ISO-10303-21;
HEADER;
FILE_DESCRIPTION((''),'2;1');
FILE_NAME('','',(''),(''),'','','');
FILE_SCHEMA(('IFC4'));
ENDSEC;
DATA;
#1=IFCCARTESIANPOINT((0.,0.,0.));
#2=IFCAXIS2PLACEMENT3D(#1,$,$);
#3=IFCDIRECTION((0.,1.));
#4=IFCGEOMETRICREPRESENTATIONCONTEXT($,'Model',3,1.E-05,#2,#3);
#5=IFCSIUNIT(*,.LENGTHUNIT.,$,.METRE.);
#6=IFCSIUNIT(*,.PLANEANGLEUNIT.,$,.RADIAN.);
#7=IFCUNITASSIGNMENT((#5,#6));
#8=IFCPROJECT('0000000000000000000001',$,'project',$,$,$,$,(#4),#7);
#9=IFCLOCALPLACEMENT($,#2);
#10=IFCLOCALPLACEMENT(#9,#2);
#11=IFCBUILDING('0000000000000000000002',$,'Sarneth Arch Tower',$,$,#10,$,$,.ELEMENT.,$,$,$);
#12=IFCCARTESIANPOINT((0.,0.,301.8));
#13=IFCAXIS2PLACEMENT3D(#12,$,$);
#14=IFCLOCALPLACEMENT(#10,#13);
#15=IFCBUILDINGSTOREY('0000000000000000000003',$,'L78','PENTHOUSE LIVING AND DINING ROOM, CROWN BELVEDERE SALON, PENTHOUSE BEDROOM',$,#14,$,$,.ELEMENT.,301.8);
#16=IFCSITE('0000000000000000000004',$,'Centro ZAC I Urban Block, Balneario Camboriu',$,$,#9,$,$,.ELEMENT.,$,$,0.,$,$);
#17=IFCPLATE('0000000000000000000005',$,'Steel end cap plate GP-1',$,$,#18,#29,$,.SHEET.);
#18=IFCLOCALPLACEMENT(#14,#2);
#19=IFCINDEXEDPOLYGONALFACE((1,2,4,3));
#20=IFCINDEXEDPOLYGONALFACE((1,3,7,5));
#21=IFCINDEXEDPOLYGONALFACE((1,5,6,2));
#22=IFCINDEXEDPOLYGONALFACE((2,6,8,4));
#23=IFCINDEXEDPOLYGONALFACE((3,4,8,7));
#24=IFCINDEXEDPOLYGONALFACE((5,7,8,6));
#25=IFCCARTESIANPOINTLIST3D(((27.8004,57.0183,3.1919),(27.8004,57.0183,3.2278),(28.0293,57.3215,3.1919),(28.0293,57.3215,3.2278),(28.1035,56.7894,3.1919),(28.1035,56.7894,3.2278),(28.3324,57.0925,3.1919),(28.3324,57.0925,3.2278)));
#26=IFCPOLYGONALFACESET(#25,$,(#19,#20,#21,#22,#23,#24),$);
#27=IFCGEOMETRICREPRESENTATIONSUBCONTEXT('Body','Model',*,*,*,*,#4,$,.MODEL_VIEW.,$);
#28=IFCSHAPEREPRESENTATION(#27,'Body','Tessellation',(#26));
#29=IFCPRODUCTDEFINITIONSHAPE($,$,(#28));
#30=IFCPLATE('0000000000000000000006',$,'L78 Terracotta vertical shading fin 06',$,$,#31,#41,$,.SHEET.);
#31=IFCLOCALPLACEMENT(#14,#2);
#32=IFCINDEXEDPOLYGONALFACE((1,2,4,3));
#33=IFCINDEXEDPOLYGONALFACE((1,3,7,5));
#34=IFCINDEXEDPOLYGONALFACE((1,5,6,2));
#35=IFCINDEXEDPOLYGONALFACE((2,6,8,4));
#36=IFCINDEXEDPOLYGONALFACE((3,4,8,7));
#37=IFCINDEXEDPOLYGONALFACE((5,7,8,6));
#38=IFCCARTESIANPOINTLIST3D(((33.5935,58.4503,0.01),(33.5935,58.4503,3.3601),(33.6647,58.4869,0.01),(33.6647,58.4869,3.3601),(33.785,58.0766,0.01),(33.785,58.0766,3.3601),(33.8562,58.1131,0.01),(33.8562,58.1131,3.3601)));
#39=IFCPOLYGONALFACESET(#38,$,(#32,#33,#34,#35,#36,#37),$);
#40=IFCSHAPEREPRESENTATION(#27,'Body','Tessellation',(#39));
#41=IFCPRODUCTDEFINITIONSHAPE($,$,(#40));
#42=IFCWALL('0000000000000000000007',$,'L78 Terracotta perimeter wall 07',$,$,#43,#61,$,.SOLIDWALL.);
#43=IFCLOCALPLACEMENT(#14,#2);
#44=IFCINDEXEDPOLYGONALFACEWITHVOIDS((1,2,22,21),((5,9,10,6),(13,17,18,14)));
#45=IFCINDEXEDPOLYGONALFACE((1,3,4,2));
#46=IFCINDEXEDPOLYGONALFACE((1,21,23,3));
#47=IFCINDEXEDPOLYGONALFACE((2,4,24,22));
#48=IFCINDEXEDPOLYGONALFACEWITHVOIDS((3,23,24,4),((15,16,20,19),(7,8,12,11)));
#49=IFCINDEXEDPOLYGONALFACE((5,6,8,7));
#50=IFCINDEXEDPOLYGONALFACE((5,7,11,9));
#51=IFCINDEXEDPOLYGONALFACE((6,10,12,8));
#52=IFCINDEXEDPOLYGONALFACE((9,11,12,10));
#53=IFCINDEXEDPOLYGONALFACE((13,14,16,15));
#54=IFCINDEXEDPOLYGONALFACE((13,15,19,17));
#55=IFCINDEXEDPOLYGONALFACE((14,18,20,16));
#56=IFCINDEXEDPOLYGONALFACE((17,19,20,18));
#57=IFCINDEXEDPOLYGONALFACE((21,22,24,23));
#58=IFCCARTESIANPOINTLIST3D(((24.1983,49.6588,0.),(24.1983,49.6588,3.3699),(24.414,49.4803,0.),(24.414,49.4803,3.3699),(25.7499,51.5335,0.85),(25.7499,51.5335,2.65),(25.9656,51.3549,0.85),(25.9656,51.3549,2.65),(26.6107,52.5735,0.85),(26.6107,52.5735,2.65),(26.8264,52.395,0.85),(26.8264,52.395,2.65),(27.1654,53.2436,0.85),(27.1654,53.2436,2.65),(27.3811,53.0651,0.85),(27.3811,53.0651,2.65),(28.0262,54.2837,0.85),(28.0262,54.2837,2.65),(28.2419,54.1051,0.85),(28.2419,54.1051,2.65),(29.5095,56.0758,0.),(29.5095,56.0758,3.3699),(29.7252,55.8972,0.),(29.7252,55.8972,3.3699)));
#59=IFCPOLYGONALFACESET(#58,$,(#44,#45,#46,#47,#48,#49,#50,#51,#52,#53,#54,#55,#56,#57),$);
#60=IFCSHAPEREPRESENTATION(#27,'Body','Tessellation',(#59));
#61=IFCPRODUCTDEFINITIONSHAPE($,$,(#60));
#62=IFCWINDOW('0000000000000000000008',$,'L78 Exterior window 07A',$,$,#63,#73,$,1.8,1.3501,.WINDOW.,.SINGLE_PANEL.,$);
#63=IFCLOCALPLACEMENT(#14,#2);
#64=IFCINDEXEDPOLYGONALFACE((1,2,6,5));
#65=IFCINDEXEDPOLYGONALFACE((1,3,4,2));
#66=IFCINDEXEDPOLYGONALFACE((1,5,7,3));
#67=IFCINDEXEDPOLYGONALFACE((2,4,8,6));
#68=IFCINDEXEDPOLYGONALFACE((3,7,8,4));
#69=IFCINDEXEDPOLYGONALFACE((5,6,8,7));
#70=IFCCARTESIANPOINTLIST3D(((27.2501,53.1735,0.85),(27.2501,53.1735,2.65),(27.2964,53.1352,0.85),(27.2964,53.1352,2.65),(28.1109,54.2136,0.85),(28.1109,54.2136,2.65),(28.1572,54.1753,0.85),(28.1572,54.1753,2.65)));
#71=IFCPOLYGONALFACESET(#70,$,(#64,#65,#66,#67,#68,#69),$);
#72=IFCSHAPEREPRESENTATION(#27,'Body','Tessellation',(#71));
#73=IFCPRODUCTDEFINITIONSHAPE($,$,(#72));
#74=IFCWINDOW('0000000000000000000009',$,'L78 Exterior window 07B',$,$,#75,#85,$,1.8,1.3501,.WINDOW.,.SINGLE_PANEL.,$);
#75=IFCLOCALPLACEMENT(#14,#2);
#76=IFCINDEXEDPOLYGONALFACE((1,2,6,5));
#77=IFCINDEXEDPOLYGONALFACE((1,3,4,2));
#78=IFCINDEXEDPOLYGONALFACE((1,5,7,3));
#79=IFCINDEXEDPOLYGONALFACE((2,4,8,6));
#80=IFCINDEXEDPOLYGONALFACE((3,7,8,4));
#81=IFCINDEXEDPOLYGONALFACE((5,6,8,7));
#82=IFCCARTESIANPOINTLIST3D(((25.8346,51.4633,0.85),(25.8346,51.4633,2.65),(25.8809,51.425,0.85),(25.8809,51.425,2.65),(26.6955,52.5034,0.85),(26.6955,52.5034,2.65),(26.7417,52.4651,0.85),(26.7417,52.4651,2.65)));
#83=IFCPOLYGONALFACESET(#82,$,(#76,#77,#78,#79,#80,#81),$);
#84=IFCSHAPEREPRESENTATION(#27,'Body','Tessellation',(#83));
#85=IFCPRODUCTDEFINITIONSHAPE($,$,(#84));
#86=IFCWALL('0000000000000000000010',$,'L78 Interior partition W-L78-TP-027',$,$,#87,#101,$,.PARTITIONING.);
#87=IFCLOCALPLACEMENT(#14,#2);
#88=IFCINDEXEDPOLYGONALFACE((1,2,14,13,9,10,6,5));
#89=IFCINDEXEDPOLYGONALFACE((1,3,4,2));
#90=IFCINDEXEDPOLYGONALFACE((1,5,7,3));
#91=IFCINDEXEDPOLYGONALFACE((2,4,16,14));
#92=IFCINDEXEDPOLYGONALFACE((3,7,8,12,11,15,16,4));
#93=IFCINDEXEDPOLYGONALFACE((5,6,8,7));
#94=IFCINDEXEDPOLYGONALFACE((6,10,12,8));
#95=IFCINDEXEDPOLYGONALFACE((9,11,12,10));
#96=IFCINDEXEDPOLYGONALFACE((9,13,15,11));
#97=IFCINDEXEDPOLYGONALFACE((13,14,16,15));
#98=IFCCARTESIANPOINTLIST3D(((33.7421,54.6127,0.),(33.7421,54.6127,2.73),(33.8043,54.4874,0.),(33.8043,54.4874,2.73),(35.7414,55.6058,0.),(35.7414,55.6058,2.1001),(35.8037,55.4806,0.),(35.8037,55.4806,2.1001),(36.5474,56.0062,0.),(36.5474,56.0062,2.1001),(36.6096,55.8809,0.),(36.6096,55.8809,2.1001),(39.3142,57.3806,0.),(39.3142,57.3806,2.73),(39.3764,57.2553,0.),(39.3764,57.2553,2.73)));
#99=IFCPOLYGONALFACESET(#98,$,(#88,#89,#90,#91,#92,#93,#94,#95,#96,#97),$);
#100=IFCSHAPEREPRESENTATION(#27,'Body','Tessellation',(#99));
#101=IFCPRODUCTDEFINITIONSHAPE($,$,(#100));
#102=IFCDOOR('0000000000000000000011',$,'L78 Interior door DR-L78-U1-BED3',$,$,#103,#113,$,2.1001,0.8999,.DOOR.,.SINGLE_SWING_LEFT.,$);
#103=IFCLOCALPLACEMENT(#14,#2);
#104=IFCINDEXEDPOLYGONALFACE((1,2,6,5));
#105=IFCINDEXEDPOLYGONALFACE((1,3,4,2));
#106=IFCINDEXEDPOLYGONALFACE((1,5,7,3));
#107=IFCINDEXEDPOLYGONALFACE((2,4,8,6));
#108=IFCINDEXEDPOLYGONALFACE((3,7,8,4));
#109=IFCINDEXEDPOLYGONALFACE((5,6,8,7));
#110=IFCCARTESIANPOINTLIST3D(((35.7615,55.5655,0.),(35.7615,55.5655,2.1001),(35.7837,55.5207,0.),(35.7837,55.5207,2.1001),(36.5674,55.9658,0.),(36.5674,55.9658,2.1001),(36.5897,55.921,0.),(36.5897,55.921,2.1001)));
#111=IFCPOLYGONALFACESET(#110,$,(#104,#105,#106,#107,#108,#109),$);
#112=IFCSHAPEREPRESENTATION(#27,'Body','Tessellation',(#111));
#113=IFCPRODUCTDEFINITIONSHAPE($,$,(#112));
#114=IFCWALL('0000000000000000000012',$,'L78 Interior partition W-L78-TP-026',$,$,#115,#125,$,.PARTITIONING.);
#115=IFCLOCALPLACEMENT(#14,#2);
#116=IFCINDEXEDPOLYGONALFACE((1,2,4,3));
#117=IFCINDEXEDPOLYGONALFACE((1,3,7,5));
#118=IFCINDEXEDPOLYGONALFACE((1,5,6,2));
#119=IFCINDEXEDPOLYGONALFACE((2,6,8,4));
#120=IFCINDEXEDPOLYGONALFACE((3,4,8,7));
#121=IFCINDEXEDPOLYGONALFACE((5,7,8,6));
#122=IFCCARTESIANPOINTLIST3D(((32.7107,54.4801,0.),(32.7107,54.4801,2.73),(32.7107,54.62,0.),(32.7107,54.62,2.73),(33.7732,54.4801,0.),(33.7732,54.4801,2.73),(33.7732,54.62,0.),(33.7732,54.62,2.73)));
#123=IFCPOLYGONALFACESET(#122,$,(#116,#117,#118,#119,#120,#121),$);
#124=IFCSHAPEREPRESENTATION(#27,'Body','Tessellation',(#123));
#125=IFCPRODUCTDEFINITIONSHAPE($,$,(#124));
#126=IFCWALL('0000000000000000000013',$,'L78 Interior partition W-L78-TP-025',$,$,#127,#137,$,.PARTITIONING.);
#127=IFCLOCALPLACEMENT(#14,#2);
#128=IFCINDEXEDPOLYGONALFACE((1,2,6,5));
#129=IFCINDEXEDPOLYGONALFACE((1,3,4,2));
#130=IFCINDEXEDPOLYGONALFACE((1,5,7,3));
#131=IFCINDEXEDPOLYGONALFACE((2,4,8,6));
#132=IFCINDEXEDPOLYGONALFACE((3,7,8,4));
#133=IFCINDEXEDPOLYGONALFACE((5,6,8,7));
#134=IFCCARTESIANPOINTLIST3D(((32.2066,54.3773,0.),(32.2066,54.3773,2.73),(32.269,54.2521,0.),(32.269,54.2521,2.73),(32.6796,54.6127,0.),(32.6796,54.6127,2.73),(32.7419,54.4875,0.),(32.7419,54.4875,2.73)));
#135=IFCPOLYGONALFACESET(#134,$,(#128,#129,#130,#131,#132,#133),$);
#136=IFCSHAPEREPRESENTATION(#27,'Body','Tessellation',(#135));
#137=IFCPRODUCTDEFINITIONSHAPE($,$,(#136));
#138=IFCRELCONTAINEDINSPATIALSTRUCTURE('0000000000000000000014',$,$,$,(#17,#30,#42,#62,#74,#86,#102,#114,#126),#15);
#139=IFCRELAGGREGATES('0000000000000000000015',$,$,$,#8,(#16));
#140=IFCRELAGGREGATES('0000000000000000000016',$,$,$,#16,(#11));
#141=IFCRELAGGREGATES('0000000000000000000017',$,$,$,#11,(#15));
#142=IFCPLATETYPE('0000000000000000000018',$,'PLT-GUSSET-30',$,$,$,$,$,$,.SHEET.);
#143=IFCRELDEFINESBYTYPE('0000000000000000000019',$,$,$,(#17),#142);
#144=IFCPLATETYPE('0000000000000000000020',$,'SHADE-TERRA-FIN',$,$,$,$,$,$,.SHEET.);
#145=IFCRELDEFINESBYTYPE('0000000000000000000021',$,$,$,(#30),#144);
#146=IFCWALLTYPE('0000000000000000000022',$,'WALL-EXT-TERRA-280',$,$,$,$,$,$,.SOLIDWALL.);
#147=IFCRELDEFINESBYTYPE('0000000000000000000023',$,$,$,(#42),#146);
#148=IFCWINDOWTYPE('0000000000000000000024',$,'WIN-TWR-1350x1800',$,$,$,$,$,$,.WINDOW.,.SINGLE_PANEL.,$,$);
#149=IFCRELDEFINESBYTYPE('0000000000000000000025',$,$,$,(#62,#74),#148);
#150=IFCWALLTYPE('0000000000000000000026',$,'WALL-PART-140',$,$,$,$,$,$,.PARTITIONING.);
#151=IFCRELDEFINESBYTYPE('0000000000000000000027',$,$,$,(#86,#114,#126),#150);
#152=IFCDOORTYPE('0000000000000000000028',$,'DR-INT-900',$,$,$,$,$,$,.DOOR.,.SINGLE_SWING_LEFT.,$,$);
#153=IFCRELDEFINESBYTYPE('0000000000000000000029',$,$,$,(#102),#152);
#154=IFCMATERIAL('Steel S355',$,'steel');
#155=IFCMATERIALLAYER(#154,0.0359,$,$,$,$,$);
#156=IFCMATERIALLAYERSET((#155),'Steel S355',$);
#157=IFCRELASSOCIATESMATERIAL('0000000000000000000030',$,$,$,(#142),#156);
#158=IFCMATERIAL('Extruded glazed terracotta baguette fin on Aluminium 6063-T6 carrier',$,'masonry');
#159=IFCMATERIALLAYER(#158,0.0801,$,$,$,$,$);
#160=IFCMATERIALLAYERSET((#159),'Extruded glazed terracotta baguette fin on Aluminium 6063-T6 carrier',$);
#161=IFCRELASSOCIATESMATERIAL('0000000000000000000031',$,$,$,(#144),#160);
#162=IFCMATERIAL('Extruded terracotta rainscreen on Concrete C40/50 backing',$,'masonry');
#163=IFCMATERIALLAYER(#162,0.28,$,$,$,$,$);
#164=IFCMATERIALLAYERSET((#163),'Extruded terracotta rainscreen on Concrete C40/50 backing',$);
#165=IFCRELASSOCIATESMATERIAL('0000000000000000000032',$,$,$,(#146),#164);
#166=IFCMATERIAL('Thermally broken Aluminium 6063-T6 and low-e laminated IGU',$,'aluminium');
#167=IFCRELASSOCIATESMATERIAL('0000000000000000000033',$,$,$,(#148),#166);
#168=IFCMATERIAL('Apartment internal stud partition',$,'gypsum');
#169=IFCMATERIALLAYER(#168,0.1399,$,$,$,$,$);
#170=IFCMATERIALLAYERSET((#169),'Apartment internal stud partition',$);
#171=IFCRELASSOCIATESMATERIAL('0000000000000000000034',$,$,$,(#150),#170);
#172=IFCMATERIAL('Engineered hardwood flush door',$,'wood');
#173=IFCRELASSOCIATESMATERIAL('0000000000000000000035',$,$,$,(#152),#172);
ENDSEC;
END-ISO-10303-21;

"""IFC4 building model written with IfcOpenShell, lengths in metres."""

from ifc_helpers import new_model, si_unit, direction, frame, frame_2d, origin, origin_2d, place, context, subcontext, project, spatial, rectangle, extrude, material, layer, layer_set, type_object, element, fill, save


model = new_model("IFC4")

# Units and contexts
model_context = context("Model", 3, precision=1e-05, world=origin(), true_north=direction((0.0, 1.0)))
body_context = subcontext(model_context, "Body", "Model", "MODEL_VIEW")
ifc_project = project(units=[si_unit("LENGTHUNIT", "METRE"), si_unit("PLANEANGLEUNIT", "RADIAN")], contexts=[model_context])

# Site, building, storey
site_placement = place(None, origin())
site = spatial("IfcSite", under=ifc_project, at=site_placement, Name="Centro ZAC I Urban Block, Balneario Camboriu", CompositionType="ELEMENT", RefElevation=0.0)
building_placement = place(site_placement, origin())
building = spatial("IfcBuilding", under=site, at=building_placement, Name="Sarneth Arch Tower", CompositionType="ELEMENT")
storey_placement = place(building_placement, frame((0.0, 0.0, 301.8)))
storey = spatial("IfcBuildingStorey", under=building, at=storey_placement, Name="L78", Description="PENTHOUSE LIVING AND DINING ROOM, CROWN BELVEDERE SALON, PENTHOUSE BEDROOM", CompositionType="ELEMENT", Elevation=301.8)

# Plates
ifc_material_1 = material(Name="Steel S355", Category="steel")
ifc_layer_1 = layer(ifc_material_1, 0.0359)
ifc_layer_set_1 = layer_set([ifc_layer_1], Name="Steel S355")
plate_type_1 = type_object("IfcPlateType", Name="PLT-GUSSET-30", PredefinedType="SHEET", material=ifc_layer_set_1)
plate_1_placement = place(storey_placement, frame((28.0664, 57.0554, 3.1919), z_axis=(0.0, 0.0, 1.0), x_axis=(-0.798005, 0.602651, 0.0)))
element("IfcPlate", 1, at=plate_1_placement, inside=storey, type_object=plate_type_1, Name="Steel end cap plate GP-1", PredefinedType="SHEET", context=body_context, shape_type="SweptSolid", body=[
    extrude(rectangle(XDim=0.3799, YDim=0.3799, at=origin_2d()), origin(), (0.0, 0.0, 1.0), 0.0359),
])
ifc_material_2 = material(Name="Extruded glazed terracotta baguette fin on Aluminium 6063-T6 carrier", Category="masonry")
ifc_layer_2 = layer(ifc_material_2, 0.0801)
ifc_layer_set_2 = layer_set([ifc_layer_2], Name="Extruded glazed terracotta baguette fin on Aluminium 6063-T6 carrier")
plate_type_2 = type_object("IfcPlateType", Name="SHADE-TERRA-FIN", PredefinedType="SHEET", material=ifc_layer_set_2)
plate_2_placement = place(storey_placement, frame((33.7249, 58.2817, 0.01), z_axis=(0.0, 0.0, 1.0), x_axis=(-0.456011, 0.889974, 0.0)))
element("IfcPlate", 2, at=plate_2_placement, inside=storey, type_object=plate_type_2, Name="L78 Terracotta vertical shading fin 06", PredefinedType="SHEET", context=body_context, shape_type="SweptSolid", body=[
    extrude(rectangle(XDim=0.4199, YDim=0.0801, at=origin_2d()), origin(), (0.0, 0.0, 1.0), 3.3501),
])

# Wall, openings, windows
ifc_material_3 = material(Name="Extruded terracotta rainscreen on Concrete C40/50 backing", Category="masonry")
ifc_layer_3 = layer(ifc_material_3, 0.28)
ifc_layer_set_3 = layer_set([ifc_layer_3], Name="Extruded terracotta rainscreen on Concrete C40/50 backing")
wall_type_1 = type_object("IfcWallType", Name="WALL-EXT-TERRA-280", PredefinedType="SOLIDWALL", material=ifc_layer_set_3)
wall_1_placement = place(storey_placement, frame((29.6174, 55.9866, 0.0), z_axis=(0.0, 0.0, 1.0), x_axis=(-0.637615, -0.770355, 0.0)))
wall_1 = element("IfcWall", 3, at=wall_1_placement, inside=storey, type_object=wall_type_1, Name="L78 Terracotta perimeter wall 07", PredefinedType="SOLIDWALL", context=body_context, shape_type="SweptSolid", body=[
    extrude(rectangle(XDim=8.3298, YDim=0.28, at=frame_2d((4.165, 0.0))), origin(), (0.0, 0.0, 1.0), 3.3699),
])
opening_1_placement = place(wall_1_placement, frame((2.3264, 0.0, 0.8501)))
opening_1 = element("IfcOpeningElement", 4, at=opening_1_placement, cuts=wall_1, PredefinedType="OPENING", context=body_context, shape_type="SweptSolid", body=[
    extrude(rectangle(XDim=1.3501, YDim=1.8, at=frame_2d((0.675, 0.8999))), frame((0.0, 0.1499, 0.0), z_axis=(0.0, -1.0, 0.0), x_axis=(1.0, 0.0, 0.0)), (0.0, 0.0, 1.0), 0.3),
])
opening_2_placement = place(wall_1_placement, frame((4.5464, 0.0, 0.8501)))
opening_2 = element("IfcOpeningElement", 5, at=opening_2_placement, cuts=wall_1, PredefinedType="OPENING", context=body_context, shape_type="SweptSolid", body=[
    extrude(rectangle(XDim=1.3501, YDim=1.8, at=frame_2d((0.675, 0.8999))), frame((0.0, 0.1499, 0.0), z_axis=(0.0, -1.0, 0.0), x_axis=(1.0, 0.0, 0.0)), (0.0, 0.0, 1.0), 0.3),
])
ifc_material_4 = material(Name="Thermally broken Aluminium 6063-T6 and low-e laminated IGU", Category="aluminium")
window_type = type_object("IfcWindowType", Name="WIN-TWR-1350x1800", PartitioningType="SINGLE_PANEL", PredefinedType="WINDOW", material=ifc_material_4)
window_1_placement = place(opening_1_placement, origin())
window_1 = element("IfcWindow", 6, at=window_1_placement, inside=storey, type_object=window_type, Name="L78 Exterior window 07A", OverallHeight=1.8, OverallWidth=1.3501, PartitioningType="SINGLE_PANEL", PredefinedType="WINDOW", context=body_context, shape_type="SweptSolid", body=[
    extrude(rectangle(XDim=1.3501, YDim=1.8, at=frame_2d((0.675, 0.8999))), frame((0.0, 0.03, 0.0), z_axis=(0.0, -1.0, 0.0), x_axis=(1.0, 0.0, 0.0)), (0.0, 0.0, 1.0), 0.0601),
])
fill(opening_1, window_1)
window_2_placement = place(opening_2_placement, origin())
window_2 = element("IfcWindow", 7, at=window_2_placement, inside=storey, type_object=window_type, Name="L78 Exterior window 07B", OverallHeight=1.8, OverallWidth=1.3501, PartitioningType="SINGLE_PANEL", PredefinedType="WINDOW", context=body_context, shape_type="SweptSolid", body=[
    extrude(rectangle(XDim=1.3501, YDim=1.8, at=frame_2d((0.675, 0.8999))), frame((0.0, 0.03, 0.0), z_axis=(0.0, -1.0, 0.0), x_axis=(1.0, 0.0, 0.0)), (0.0, 0.0, 1.0), 0.0601),
])
fill(opening_2, window_2)

# Wall, opening, door
ifc_material_5 = material(Name="Apartment internal stud partition", Category="gypsum")
ifc_layer_4 = layer(ifc_material_5, 0.1399)
ifc_layer_set_4 = layer_set([ifc_layer_4], Name="Apartment internal stud partition")
wall_type_2 = type_object("IfcWallType", Name="WALL-PART-140", PredefinedType="PARTITIONING", material=ifc_layer_set_4)
wall_2_placement = place(storey_placement, frame((33.7732, 54.55, 0.0), z_axis=(0.0, 0.0, 1.0), x_axis=(0.895594, 0.444873, 0.0)))
wall_2 = element("IfcWall", 8, at=wall_2_placement, inside=storey, type_object=wall_type_2, Name="L78 Interior partition W-L78-TP-027", PredefinedType="PARTITIONING", context=body_context, shape_type="SweptSolid", body=[
    extrude(rectangle(XDim=6.2217, YDim=0.1399, at=frame_2d((3.1108, 0.0))), origin(), (0.0, 0.0, 1.0), 2.73),
])
opening_3_placement = place(wall_2_placement, frame((2.2324, 0.0, 0.0)))
opening_3 = element("IfcOpeningElement", 9, at=opening_3_placement, cuts=wall_2, PredefinedType="OPENING", context=body_context, shape_type="SweptSolid", body=[
    extrude(rectangle(XDim=0.8999, YDim=2.1001, at=frame_2d((0.45, 1.05))), frame((0.0, 0.0798, 0.0), z_axis=(0.0, -1.0, 0.0), x_axis=(1.0, 0.0, 0.0)), (0.0, 0.0, 1.0), 0.1599),
])
ifc_material_6 = material(Name="Engineered hardwood flush door", Category="wood")
door_type = type_object("IfcDoorType", Name="DR-INT-900", OperationType="SINGLE_SWING_LEFT", PredefinedType="DOOR", material=ifc_material_6)
door_placement = place(opening_3_placement, origin())
door = element("IfcDoor", 10, at=door_placement, inside=storey, type_object=door_type, Name="L78 Interior door DR-L78-U1-BED3", OperationType="SINGLE_SWING_LEFT", OverallHeight=2.1001, OverallWidth=0.8999, PredefinedType="DOOR", context=body_context, shape_type="SweptSolid", body=[
    extrude(rectangle(XDim=0.8999, YDim=2.1001, at=frame_2d((0.45, 1.05))), frame((0.0, 0.0249, 0.0), z_axis=(0.0, -1.0, 0.0), x_axis=(1.0, 0.0, 0.0)), (0.0, 0.0, 1.0), 0.05),
])
fill(opening_3, door)

# Walls
wall_3_placement = place(storey_placement, frame((32.7107, 54.55, 0.0), z_axis=(0.0, 0.0, 1.0), x_axis=(1.0, 0.0, 0.0)))
element("IfcWall", 11, at=wall_3_placement, inside=storey, type_object=wall_type_2, Name="L78 Interior partition W-L78-TP-026", PredefinedType="PARTITIONING", context=body_context, shape_type="SweptSolid", body=[
    extrude(rectangle(XDim=1.0625, YDim=0.1399, at=frame_2d((0.5312, 0.0))), origin(), (0.0, 0.0, 1.0), 2.73),
])
wall_4_placement = place(storey_placement, frame((32.2378, 54.3147, 0.0), z_axis=(0.0, 0.0, 1.0), x_axis=(0.895258, 0.445549, 0.0)))
element("IfcWall", 12, at=wall_4_placement, inside=storey, type_object=wall_type_2, Name="L78 Interior partition W-L78-TP-025", PredefinedType="PARTITIONING", context=body_context, shape_type="SweptSolid", body=[
    extrude(rectangle(XDim=0.5283, YDim=0.1399, at=frame_2d((0.2642, 0.0))), origin(), (0.0, 0.0, 1.0), 2.73),
])

save(model, "model.ifc")
